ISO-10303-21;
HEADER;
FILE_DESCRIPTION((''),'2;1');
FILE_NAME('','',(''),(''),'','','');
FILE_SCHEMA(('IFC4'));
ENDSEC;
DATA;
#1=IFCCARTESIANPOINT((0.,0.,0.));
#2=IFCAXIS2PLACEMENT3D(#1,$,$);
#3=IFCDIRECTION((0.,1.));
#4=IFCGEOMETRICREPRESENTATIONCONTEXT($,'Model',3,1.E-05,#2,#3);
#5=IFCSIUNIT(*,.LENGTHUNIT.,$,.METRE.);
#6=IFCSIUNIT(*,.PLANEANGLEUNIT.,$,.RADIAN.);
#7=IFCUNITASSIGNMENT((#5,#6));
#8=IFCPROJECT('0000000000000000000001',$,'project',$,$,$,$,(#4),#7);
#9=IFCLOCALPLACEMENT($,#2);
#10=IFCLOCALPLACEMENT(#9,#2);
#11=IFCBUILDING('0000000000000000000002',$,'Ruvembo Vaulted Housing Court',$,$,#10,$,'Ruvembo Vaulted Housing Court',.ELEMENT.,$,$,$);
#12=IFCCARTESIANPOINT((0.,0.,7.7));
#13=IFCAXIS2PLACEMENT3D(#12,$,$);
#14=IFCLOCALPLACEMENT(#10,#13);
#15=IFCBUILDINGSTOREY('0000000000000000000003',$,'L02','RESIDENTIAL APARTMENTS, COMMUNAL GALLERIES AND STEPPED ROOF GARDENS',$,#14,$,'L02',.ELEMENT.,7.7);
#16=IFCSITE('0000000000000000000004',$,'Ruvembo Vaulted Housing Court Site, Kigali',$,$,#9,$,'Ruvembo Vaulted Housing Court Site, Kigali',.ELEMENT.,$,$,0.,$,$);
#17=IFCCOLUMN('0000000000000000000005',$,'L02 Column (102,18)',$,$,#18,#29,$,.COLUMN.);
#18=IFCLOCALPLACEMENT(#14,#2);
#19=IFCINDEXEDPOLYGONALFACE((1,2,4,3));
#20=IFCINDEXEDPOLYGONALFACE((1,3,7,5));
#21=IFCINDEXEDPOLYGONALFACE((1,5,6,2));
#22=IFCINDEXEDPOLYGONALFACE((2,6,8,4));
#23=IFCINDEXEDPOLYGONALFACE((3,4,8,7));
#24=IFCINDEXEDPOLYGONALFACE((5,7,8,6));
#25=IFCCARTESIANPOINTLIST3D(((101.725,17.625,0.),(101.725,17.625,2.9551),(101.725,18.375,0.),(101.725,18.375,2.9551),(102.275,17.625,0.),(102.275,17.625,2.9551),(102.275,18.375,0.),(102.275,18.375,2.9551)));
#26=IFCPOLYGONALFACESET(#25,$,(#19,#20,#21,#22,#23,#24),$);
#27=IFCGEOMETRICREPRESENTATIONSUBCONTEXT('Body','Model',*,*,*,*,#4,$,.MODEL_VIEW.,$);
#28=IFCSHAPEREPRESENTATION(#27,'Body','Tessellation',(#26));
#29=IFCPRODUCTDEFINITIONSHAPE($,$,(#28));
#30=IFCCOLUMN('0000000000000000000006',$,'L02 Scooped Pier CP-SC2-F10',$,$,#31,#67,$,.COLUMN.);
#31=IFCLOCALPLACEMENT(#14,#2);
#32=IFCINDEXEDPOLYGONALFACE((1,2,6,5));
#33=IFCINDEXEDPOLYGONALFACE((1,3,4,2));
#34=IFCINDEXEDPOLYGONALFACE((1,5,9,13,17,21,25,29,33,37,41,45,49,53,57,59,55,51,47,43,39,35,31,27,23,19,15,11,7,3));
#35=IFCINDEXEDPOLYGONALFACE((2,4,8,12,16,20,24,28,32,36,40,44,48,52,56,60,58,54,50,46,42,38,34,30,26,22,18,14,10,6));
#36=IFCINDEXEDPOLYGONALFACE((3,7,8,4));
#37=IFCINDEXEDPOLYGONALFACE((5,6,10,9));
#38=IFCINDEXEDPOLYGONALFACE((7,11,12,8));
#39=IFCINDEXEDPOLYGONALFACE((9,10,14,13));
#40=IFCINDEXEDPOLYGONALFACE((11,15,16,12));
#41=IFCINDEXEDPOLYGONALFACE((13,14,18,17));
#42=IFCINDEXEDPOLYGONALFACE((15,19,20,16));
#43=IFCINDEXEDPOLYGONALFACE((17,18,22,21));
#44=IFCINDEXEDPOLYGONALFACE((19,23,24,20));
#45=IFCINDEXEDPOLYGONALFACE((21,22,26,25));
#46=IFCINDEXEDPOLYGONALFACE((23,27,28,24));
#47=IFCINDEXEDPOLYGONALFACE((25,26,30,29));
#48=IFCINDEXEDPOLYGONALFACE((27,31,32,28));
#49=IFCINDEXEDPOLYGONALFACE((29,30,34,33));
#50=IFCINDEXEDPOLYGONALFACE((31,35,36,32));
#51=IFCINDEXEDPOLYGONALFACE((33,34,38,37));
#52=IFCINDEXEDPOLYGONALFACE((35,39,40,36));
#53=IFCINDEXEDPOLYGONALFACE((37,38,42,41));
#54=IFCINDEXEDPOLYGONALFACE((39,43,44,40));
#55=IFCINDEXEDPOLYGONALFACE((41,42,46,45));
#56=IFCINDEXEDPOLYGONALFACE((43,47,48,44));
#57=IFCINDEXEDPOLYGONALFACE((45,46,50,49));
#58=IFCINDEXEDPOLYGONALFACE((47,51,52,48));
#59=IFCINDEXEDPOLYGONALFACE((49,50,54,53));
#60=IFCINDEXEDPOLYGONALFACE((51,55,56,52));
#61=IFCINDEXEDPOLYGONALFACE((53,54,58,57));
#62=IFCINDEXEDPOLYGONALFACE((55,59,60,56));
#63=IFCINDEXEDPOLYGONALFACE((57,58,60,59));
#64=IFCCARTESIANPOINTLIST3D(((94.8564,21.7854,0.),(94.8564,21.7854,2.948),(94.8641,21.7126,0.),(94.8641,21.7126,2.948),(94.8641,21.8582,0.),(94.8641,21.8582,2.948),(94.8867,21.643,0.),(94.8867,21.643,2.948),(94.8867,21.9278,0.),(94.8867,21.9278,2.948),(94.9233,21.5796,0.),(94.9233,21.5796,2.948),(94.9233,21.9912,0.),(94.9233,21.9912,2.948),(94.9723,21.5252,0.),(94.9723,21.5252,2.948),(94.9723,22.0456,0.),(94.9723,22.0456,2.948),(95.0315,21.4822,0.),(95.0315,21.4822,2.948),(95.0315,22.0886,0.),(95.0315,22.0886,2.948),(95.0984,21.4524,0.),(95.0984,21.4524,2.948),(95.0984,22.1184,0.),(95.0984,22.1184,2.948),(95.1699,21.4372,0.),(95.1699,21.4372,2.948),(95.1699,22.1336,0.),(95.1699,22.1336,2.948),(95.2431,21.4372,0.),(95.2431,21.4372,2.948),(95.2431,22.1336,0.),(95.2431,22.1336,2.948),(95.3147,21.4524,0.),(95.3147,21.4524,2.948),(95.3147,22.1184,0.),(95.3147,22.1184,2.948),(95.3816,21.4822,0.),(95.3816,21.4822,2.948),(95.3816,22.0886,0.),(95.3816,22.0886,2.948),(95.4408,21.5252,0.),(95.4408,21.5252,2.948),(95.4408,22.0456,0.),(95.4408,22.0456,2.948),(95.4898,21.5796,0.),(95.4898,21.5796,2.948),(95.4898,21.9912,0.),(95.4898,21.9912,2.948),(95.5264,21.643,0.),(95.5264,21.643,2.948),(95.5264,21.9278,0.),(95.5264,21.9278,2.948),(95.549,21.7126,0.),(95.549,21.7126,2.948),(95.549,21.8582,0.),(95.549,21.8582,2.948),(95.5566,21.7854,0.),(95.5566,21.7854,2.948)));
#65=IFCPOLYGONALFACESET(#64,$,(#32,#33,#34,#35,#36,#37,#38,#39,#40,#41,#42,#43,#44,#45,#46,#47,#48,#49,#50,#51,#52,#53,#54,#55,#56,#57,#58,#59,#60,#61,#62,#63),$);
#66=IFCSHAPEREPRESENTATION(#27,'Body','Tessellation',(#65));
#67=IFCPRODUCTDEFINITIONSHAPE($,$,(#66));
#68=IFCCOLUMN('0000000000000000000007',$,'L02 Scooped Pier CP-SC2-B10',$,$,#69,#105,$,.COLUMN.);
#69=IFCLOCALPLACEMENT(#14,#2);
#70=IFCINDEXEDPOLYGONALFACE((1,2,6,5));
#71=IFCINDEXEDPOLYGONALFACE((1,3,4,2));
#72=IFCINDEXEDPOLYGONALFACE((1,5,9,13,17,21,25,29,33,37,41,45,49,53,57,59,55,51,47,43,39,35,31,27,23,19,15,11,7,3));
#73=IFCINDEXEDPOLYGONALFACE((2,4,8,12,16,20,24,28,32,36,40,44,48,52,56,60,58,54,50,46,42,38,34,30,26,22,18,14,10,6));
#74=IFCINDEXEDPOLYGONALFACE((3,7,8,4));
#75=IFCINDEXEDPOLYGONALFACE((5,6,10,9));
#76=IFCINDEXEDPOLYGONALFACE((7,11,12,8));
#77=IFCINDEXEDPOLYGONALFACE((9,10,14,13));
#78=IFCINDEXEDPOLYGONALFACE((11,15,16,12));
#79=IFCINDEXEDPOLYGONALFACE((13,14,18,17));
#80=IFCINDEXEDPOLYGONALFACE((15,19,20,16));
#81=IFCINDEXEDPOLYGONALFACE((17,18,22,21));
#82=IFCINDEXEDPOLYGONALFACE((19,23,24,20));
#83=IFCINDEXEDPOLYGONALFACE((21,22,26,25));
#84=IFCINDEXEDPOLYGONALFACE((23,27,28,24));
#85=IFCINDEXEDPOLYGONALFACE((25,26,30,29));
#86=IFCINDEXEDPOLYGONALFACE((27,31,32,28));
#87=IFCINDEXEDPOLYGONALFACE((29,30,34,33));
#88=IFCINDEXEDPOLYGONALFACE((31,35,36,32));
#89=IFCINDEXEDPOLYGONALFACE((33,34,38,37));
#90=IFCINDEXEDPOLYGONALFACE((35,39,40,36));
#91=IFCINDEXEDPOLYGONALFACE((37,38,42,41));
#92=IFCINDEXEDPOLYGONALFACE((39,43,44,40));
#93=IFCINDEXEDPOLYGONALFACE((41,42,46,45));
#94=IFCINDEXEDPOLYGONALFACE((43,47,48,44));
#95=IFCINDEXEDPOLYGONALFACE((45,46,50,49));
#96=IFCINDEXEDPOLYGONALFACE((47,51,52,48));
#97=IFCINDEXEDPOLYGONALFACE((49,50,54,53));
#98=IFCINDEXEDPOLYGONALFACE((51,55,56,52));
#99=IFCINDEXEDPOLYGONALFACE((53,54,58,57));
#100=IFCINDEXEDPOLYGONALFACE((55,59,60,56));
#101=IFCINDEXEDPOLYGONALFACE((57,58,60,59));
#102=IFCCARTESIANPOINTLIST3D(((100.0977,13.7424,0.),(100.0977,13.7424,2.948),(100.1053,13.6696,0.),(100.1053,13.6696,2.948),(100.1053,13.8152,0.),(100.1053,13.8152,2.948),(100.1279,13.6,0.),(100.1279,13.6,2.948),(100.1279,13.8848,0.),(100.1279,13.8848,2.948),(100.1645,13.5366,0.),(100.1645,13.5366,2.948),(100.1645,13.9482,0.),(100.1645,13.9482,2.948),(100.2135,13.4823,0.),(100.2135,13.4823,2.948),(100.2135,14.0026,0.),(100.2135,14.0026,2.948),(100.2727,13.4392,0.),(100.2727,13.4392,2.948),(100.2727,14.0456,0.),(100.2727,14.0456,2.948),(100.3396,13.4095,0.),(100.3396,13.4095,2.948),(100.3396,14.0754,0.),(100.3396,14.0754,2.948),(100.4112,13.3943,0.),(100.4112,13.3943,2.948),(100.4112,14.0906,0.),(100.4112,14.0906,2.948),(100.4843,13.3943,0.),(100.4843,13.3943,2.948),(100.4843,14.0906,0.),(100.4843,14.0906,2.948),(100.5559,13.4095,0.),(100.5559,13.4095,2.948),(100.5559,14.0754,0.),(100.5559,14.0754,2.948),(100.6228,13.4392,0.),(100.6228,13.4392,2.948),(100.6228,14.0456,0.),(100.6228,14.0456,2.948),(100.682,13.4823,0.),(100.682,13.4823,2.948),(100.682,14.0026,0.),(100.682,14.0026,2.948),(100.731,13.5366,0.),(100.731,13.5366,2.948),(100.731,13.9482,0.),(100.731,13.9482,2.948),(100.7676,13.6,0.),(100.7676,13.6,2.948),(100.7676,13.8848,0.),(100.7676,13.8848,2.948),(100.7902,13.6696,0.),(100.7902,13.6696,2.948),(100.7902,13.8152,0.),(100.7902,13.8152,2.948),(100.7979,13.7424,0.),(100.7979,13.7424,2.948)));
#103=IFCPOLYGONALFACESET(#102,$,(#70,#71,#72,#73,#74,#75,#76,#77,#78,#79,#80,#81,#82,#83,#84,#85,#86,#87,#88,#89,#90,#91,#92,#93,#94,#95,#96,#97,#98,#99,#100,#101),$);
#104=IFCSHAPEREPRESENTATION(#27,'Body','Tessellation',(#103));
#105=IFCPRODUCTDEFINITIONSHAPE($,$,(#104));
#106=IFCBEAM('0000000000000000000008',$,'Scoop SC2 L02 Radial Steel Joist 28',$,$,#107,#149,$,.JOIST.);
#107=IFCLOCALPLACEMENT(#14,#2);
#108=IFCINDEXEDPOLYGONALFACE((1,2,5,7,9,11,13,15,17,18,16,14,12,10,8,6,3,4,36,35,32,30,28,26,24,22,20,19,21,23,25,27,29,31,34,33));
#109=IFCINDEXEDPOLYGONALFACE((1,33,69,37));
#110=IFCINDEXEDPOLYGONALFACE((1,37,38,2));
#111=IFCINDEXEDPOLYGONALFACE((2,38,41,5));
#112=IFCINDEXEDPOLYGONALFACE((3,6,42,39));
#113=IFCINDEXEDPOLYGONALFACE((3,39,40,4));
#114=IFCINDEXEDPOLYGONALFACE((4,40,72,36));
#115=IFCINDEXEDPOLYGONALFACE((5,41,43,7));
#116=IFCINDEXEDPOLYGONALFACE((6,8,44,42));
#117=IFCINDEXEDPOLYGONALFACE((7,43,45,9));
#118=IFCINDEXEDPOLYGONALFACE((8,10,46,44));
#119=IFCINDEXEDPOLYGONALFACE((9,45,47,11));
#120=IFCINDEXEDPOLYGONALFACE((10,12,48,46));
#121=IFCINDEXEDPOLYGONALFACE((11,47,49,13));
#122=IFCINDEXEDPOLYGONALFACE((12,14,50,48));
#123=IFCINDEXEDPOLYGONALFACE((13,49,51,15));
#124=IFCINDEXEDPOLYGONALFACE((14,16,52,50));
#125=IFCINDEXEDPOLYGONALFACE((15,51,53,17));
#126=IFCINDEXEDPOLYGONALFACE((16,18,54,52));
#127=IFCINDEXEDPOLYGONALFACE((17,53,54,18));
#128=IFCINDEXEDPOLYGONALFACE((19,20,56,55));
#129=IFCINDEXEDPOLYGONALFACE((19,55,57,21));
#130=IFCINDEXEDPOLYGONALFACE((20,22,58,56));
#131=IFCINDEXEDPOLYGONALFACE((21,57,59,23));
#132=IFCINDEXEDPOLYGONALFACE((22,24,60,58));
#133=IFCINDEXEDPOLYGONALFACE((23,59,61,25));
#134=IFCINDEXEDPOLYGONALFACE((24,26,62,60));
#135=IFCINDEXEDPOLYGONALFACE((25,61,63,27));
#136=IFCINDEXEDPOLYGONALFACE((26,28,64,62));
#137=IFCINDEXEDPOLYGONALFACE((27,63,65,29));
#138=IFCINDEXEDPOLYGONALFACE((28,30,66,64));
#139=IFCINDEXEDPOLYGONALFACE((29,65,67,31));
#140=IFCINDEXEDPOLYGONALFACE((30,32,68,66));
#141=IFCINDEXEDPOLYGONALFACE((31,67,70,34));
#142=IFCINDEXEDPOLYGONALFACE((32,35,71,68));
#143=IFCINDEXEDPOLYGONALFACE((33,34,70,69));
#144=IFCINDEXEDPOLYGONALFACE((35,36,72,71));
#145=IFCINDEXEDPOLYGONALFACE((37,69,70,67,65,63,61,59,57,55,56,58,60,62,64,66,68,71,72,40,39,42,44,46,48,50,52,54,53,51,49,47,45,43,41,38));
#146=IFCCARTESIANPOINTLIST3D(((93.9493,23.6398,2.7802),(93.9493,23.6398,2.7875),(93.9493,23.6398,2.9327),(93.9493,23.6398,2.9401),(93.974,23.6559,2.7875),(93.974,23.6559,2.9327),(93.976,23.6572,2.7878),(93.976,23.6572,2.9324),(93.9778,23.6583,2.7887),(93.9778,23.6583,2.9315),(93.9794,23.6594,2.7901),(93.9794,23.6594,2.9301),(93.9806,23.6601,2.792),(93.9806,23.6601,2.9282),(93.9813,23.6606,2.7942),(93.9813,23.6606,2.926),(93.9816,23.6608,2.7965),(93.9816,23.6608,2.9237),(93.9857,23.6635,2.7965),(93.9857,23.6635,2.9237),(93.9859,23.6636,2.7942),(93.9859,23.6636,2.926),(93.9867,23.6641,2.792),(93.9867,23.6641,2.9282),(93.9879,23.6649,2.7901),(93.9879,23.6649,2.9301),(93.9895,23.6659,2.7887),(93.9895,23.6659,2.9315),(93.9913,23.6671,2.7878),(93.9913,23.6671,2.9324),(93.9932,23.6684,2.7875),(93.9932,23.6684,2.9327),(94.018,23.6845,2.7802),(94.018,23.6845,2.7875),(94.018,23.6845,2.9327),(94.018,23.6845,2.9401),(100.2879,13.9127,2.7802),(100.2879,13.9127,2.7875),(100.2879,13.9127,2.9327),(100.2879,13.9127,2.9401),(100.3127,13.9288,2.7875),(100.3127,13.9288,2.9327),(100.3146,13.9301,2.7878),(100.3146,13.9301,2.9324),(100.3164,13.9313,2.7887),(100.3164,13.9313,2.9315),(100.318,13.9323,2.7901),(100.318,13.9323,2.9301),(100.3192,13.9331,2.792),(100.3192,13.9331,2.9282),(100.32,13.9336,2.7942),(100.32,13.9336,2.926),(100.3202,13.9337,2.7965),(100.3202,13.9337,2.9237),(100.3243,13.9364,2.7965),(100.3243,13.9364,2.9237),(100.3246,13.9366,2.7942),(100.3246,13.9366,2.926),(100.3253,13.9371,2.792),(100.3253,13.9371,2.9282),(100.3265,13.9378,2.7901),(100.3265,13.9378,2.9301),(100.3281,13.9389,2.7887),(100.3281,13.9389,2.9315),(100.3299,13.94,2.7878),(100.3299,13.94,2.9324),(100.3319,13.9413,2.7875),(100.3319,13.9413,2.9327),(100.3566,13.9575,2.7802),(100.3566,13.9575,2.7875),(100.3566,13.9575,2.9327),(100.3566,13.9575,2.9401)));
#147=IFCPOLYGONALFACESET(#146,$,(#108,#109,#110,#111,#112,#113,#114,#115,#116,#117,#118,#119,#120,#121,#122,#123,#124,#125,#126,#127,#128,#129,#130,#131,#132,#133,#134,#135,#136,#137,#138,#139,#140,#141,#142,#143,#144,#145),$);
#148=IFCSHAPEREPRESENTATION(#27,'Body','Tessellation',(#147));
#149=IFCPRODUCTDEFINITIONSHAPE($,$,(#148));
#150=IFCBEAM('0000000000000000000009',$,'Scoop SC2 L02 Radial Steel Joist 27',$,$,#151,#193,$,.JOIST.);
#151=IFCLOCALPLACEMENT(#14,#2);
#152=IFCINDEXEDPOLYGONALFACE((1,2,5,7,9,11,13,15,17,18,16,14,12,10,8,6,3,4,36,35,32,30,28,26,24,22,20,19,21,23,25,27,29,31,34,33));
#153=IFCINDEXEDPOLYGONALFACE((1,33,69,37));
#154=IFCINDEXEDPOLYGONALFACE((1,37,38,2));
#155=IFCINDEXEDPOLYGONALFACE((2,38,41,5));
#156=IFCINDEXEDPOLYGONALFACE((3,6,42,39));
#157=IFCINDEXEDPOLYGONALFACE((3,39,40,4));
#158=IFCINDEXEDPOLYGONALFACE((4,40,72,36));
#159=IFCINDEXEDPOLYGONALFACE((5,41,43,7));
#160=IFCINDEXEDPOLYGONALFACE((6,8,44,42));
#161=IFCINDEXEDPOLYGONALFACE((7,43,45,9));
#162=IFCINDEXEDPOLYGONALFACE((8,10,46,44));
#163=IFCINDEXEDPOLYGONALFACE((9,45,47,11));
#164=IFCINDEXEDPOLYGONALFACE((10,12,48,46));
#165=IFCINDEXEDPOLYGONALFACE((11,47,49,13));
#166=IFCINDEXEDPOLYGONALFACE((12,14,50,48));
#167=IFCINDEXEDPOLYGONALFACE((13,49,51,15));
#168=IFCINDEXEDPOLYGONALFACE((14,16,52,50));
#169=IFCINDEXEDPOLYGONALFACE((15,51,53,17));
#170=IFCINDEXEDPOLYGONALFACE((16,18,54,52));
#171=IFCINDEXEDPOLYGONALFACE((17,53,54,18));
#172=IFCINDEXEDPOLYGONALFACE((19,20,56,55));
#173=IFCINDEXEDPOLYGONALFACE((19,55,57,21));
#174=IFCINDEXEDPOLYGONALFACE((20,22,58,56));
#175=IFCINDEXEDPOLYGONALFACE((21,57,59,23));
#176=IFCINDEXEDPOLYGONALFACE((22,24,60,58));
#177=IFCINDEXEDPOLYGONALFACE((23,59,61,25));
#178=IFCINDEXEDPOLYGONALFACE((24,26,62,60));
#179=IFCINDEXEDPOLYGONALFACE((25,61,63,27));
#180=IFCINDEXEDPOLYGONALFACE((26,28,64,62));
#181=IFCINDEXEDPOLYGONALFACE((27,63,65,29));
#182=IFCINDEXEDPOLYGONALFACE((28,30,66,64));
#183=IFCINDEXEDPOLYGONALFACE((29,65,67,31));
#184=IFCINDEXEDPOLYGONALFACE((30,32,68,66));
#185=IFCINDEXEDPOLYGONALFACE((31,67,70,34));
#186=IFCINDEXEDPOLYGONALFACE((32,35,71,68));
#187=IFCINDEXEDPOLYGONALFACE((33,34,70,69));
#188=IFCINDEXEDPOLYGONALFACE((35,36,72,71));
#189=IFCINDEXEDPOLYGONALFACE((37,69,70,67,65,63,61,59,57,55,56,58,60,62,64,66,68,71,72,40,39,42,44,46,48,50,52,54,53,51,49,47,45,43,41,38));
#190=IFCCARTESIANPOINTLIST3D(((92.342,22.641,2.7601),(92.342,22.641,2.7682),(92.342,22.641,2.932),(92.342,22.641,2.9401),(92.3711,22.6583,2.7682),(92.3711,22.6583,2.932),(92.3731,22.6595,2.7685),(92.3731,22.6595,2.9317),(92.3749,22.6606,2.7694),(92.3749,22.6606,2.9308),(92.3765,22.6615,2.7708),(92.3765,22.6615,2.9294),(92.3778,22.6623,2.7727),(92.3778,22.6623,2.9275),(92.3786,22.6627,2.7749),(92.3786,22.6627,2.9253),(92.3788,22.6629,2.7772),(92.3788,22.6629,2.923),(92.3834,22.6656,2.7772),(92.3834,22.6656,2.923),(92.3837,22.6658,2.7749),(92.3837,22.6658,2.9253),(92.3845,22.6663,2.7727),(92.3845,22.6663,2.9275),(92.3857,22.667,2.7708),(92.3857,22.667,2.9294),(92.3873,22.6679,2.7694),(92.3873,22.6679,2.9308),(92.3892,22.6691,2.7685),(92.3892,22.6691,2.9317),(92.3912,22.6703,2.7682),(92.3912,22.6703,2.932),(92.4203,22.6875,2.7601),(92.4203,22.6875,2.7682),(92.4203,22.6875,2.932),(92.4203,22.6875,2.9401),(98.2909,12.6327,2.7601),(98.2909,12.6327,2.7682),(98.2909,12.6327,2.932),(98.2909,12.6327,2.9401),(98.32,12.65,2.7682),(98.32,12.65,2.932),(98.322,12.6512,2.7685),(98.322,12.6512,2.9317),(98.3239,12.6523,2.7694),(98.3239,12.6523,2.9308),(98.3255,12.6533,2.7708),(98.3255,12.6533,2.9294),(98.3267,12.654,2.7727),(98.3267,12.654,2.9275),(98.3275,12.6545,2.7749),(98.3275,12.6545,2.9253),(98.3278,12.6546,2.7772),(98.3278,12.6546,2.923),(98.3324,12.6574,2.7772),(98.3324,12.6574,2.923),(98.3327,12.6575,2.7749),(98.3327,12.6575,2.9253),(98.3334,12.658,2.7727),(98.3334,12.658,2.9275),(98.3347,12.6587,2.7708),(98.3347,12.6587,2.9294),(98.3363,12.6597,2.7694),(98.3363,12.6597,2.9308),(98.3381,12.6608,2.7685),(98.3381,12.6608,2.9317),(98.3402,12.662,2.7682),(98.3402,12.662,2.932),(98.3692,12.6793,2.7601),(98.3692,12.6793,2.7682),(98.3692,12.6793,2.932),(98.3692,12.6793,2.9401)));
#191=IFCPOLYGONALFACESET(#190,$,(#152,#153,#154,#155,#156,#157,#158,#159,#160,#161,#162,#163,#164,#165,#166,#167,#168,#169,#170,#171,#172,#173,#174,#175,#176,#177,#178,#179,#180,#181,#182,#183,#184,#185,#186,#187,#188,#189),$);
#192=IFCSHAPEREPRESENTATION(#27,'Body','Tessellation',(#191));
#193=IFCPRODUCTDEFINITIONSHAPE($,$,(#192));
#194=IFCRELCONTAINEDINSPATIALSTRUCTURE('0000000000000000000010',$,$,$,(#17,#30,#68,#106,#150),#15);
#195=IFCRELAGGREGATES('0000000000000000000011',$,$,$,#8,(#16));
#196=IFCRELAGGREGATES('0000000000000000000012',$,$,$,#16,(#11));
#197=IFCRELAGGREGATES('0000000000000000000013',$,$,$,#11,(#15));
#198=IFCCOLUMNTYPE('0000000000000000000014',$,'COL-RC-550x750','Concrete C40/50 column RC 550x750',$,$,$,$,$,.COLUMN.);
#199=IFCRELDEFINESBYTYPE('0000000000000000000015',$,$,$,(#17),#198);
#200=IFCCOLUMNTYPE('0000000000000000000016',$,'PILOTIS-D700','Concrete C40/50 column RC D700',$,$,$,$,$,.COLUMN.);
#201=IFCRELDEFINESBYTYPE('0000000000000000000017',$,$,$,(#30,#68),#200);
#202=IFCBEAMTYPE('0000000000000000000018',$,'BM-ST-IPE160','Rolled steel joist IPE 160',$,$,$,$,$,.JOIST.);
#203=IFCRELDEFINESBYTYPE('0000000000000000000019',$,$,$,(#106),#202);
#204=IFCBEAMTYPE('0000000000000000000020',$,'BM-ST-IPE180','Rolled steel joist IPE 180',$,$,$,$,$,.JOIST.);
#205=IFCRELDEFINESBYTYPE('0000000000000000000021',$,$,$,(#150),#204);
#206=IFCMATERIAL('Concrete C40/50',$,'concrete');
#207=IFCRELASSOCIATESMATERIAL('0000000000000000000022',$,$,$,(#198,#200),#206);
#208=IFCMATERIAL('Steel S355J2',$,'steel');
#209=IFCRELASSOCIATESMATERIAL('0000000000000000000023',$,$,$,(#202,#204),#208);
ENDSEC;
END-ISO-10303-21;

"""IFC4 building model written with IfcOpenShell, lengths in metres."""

from ifc_helpers import new_model, si_unit, direction, frame, origin, origin_2d, place, context, subcontext, project, spatial, rectangle, circle, i_section, extrude, material, material_profile, profile_set, type_object, element, save


model = new_model("IFC4")

# Units and contexts
model_context = context("Model", 3, precision=1e-05, world=origin(), true_north=direction((0.0, 1.0)))
body_context = subcontext(model_context, "Body", "Model", "MODEL_VIEW")
ifc_project = project(units=[si_unit("LENGTHUNIT", "METRE"), si_unit("PLANEANGLEUNIT", "RADIAN")], contexts=[model_context])

# Site, building, storey
site_placement = place(None, origin())
site = spatial("IfcSite", under=ifc_project, at=site_placement, Name="Ruvembo Vaulted Housing Court Site, Kigali", LongName="Ruvembo Vaulted Housing Court Site, Kigali", CompositionType="ELEMENT", RefElevation=0.0)
building_placement = place(site_placement, origin())
building = spatial("IfcBuilding", under=site, at=building_placement, Name="Ruvembo Vaulted Housing Court", LongName="Ruvembo Vaulted Housing Court", CompositionType="ELEMENT")
storey_placement = place(building_placement, frame((0.0, 0.0, 7.7)))
storey = spatial("IfcBuildingStorey", under=building, at=storey_placement, Name="L02", Description="RESIDENTIAL APARTMENTS, COMMUNAL GALLERIES AND STEPPED ROOF GARDENS", LongName="L02", CompositionType="ELEMENT", Elevation=7.7)

# Columns
ifc_material_1 = material(Name="Concrete C40/50", Category="concrete")
ifc_material_profile_1 = material_profile(ifc_material_1, rectangle(XDim=0.55, YDim=0.75, at=origin_2d()), Name="RC 550x750")
ifc_profile_set_1 = profile_set([ifc_material_profile_1], Name="Concrete C40/50")
column_type_1 = type_object("IfcColumnType", Name="COL-RC-550x750", Description="Concrete C40/50 column RC 550x750", PredefinedType="COLUMN", material=ifc_profile_set_1)
column_placement = place(storey_placement, frame((102.0, 18.0, 0.0), z_axis=(0.0, 0.0, 1.0), x_axis=(1.0, 0.0, 0.0)))
element("IfcColumn", 1, at=column_placement, inside=storey, type_object=column_type_1, Name="L02 Column (102,18)", PredefinedType="COLUMN", context=body_context, shape_type="SweptSolid", body=[
    extrude(rectangle(XDim=0.55, YDim=0.75, at=origin_2d()), origin(), (0.0, 0.0, 1.0), 2.9551),
])
ifc_material_profile_2 = material_profile(ifc_material_1, circle(Radius=0.3501, at=origin_2d()), Name="RC D700")
ifc_profile_set_2 = profile_set([ifc_material_profile_2], Name="Concrete C40/50")
column_type_2 = type_object("IfcColumnType", Name="PILOTIS-D700", Description="Concrete C40/50 column RC D700", PredefinedType="COLUMN", material=ifc_profile_set_2)
for number, where, z_axis, x_axis, name in (
    (2, (95.2065, 21.7854, 0.0), (0.0, 0.0, 1.0), (1.0, 0.0, 0.0), "L02 Scooped Pier CP-SC2-F10"),
    (3, (100.4478, 13.7424, 0.0), (0.0, 0.0, 1.0), (1.0, 0.0, 0.0), "L02 Scooped Pier CP-SC2-B10"),
):
    element("IfcColumn", number, at=place(storey_placement, frame(where, z_axis=z_axis, x_axis=x_axis)), inside=storey, type_object=column_type_2, Name=name, PredefinedType="COLUMN", context=body_context, shape_type="SweptSolid", body=[
        extrude(circle(Radius=0.3501, at=origin_2d()), origin(), (0.0, 0.0, 1.0), 2.948),
    ])

# Beams
ifc_material_2 = material(Name="Steel S355J2", Category="steel")
ifc_material_profile_3 = material_profile(ifc_material_2, i_section(OverallWidth=0.082, OverallDepth=0.1599, WebThickness=0.0049, FlangeThickness=0.0073, FilletRadius=0.009, at=origin_2d()), Name="IPE 160")
ifc_profile_set_3 = profile_set([ifc_material_profile_3], Name="Steel S355J2")
beam_type_1 = type_object("IfcBeamType", Name="BM-ST-IPE160", Description="Rolled steel joist IPE 160", PredefinedType="JOIST", material=ifc_profile_set_3)
beam_1_placement = place(storey_placement, frame((100.3223, 13.9351, 2.8601), z_axis=(-0.545959, 0.837812, 0.0), x_axis=(-0.837812, -0.545959, 0.0)))
element("IfcBeam", 4, at=beam_1_placement, inside=storey, type_object=beam_type_1, Name="Scoop SC2 L02 Radial Steel Joist 28", PredefinedType="JOIST", context=body_context, shape_type="SweptSolid", body=[
    extrude(i_section(OverallWidth=0.082, OverallDepth=0.1599, WebThickness=0.0049, FlangeThickness=0.0073, FilletRadius=0.009, at=origin_2d()), origin(), (0.0, 0.0, 1.0), 11.6101),
])
ifc_material_profile_4 = material_profile(ifc_material_2, i_section(OverallWidth=0.0911, OverallDepth=0.1799, WebThickness=0.0054, FlangeThickness=0.0081, FilletRadius=0.009, at=origin_2d()), Name="IPE 180")
ifc_profile_set_4 = profile_set([ifc_material_profile_4], Name="Steel S355J2")
beam_type_2 = type_object("IfcBeamType", Name="BM-ST-IPE180", Description="Rolled steel joist IPE 180", PredefinedType="JOIST", material=ifc_profile_set_4)
beam_2_placement = place(storey_placement, frame((98.3301, 12.656, 2.8501), z_axis=(-0.510954, 0.859608, 0.0), x_axis=(-0.859608, -0.510954, 0.0)))
element("IfcBeam", 5, at=beam_2_placement, inside=storey, type_object=beam_type_2, Name="Scoop SC2 L02 Radial Steel Joist 27", PredefinedType="JOIST", context=body_context, shape_type="SweptSolid", body=[
    extrude(i_section(OverallWidth=0.0911, OverallDepth=0.1799, WebThickness=0.0054, FlangeThickness=0.0081, FilletRadius=0.009, at=origin_2d()), origin(), (0.0, 0.0, 1.0), 11.6428),
])

save(model, "model.ifc")
